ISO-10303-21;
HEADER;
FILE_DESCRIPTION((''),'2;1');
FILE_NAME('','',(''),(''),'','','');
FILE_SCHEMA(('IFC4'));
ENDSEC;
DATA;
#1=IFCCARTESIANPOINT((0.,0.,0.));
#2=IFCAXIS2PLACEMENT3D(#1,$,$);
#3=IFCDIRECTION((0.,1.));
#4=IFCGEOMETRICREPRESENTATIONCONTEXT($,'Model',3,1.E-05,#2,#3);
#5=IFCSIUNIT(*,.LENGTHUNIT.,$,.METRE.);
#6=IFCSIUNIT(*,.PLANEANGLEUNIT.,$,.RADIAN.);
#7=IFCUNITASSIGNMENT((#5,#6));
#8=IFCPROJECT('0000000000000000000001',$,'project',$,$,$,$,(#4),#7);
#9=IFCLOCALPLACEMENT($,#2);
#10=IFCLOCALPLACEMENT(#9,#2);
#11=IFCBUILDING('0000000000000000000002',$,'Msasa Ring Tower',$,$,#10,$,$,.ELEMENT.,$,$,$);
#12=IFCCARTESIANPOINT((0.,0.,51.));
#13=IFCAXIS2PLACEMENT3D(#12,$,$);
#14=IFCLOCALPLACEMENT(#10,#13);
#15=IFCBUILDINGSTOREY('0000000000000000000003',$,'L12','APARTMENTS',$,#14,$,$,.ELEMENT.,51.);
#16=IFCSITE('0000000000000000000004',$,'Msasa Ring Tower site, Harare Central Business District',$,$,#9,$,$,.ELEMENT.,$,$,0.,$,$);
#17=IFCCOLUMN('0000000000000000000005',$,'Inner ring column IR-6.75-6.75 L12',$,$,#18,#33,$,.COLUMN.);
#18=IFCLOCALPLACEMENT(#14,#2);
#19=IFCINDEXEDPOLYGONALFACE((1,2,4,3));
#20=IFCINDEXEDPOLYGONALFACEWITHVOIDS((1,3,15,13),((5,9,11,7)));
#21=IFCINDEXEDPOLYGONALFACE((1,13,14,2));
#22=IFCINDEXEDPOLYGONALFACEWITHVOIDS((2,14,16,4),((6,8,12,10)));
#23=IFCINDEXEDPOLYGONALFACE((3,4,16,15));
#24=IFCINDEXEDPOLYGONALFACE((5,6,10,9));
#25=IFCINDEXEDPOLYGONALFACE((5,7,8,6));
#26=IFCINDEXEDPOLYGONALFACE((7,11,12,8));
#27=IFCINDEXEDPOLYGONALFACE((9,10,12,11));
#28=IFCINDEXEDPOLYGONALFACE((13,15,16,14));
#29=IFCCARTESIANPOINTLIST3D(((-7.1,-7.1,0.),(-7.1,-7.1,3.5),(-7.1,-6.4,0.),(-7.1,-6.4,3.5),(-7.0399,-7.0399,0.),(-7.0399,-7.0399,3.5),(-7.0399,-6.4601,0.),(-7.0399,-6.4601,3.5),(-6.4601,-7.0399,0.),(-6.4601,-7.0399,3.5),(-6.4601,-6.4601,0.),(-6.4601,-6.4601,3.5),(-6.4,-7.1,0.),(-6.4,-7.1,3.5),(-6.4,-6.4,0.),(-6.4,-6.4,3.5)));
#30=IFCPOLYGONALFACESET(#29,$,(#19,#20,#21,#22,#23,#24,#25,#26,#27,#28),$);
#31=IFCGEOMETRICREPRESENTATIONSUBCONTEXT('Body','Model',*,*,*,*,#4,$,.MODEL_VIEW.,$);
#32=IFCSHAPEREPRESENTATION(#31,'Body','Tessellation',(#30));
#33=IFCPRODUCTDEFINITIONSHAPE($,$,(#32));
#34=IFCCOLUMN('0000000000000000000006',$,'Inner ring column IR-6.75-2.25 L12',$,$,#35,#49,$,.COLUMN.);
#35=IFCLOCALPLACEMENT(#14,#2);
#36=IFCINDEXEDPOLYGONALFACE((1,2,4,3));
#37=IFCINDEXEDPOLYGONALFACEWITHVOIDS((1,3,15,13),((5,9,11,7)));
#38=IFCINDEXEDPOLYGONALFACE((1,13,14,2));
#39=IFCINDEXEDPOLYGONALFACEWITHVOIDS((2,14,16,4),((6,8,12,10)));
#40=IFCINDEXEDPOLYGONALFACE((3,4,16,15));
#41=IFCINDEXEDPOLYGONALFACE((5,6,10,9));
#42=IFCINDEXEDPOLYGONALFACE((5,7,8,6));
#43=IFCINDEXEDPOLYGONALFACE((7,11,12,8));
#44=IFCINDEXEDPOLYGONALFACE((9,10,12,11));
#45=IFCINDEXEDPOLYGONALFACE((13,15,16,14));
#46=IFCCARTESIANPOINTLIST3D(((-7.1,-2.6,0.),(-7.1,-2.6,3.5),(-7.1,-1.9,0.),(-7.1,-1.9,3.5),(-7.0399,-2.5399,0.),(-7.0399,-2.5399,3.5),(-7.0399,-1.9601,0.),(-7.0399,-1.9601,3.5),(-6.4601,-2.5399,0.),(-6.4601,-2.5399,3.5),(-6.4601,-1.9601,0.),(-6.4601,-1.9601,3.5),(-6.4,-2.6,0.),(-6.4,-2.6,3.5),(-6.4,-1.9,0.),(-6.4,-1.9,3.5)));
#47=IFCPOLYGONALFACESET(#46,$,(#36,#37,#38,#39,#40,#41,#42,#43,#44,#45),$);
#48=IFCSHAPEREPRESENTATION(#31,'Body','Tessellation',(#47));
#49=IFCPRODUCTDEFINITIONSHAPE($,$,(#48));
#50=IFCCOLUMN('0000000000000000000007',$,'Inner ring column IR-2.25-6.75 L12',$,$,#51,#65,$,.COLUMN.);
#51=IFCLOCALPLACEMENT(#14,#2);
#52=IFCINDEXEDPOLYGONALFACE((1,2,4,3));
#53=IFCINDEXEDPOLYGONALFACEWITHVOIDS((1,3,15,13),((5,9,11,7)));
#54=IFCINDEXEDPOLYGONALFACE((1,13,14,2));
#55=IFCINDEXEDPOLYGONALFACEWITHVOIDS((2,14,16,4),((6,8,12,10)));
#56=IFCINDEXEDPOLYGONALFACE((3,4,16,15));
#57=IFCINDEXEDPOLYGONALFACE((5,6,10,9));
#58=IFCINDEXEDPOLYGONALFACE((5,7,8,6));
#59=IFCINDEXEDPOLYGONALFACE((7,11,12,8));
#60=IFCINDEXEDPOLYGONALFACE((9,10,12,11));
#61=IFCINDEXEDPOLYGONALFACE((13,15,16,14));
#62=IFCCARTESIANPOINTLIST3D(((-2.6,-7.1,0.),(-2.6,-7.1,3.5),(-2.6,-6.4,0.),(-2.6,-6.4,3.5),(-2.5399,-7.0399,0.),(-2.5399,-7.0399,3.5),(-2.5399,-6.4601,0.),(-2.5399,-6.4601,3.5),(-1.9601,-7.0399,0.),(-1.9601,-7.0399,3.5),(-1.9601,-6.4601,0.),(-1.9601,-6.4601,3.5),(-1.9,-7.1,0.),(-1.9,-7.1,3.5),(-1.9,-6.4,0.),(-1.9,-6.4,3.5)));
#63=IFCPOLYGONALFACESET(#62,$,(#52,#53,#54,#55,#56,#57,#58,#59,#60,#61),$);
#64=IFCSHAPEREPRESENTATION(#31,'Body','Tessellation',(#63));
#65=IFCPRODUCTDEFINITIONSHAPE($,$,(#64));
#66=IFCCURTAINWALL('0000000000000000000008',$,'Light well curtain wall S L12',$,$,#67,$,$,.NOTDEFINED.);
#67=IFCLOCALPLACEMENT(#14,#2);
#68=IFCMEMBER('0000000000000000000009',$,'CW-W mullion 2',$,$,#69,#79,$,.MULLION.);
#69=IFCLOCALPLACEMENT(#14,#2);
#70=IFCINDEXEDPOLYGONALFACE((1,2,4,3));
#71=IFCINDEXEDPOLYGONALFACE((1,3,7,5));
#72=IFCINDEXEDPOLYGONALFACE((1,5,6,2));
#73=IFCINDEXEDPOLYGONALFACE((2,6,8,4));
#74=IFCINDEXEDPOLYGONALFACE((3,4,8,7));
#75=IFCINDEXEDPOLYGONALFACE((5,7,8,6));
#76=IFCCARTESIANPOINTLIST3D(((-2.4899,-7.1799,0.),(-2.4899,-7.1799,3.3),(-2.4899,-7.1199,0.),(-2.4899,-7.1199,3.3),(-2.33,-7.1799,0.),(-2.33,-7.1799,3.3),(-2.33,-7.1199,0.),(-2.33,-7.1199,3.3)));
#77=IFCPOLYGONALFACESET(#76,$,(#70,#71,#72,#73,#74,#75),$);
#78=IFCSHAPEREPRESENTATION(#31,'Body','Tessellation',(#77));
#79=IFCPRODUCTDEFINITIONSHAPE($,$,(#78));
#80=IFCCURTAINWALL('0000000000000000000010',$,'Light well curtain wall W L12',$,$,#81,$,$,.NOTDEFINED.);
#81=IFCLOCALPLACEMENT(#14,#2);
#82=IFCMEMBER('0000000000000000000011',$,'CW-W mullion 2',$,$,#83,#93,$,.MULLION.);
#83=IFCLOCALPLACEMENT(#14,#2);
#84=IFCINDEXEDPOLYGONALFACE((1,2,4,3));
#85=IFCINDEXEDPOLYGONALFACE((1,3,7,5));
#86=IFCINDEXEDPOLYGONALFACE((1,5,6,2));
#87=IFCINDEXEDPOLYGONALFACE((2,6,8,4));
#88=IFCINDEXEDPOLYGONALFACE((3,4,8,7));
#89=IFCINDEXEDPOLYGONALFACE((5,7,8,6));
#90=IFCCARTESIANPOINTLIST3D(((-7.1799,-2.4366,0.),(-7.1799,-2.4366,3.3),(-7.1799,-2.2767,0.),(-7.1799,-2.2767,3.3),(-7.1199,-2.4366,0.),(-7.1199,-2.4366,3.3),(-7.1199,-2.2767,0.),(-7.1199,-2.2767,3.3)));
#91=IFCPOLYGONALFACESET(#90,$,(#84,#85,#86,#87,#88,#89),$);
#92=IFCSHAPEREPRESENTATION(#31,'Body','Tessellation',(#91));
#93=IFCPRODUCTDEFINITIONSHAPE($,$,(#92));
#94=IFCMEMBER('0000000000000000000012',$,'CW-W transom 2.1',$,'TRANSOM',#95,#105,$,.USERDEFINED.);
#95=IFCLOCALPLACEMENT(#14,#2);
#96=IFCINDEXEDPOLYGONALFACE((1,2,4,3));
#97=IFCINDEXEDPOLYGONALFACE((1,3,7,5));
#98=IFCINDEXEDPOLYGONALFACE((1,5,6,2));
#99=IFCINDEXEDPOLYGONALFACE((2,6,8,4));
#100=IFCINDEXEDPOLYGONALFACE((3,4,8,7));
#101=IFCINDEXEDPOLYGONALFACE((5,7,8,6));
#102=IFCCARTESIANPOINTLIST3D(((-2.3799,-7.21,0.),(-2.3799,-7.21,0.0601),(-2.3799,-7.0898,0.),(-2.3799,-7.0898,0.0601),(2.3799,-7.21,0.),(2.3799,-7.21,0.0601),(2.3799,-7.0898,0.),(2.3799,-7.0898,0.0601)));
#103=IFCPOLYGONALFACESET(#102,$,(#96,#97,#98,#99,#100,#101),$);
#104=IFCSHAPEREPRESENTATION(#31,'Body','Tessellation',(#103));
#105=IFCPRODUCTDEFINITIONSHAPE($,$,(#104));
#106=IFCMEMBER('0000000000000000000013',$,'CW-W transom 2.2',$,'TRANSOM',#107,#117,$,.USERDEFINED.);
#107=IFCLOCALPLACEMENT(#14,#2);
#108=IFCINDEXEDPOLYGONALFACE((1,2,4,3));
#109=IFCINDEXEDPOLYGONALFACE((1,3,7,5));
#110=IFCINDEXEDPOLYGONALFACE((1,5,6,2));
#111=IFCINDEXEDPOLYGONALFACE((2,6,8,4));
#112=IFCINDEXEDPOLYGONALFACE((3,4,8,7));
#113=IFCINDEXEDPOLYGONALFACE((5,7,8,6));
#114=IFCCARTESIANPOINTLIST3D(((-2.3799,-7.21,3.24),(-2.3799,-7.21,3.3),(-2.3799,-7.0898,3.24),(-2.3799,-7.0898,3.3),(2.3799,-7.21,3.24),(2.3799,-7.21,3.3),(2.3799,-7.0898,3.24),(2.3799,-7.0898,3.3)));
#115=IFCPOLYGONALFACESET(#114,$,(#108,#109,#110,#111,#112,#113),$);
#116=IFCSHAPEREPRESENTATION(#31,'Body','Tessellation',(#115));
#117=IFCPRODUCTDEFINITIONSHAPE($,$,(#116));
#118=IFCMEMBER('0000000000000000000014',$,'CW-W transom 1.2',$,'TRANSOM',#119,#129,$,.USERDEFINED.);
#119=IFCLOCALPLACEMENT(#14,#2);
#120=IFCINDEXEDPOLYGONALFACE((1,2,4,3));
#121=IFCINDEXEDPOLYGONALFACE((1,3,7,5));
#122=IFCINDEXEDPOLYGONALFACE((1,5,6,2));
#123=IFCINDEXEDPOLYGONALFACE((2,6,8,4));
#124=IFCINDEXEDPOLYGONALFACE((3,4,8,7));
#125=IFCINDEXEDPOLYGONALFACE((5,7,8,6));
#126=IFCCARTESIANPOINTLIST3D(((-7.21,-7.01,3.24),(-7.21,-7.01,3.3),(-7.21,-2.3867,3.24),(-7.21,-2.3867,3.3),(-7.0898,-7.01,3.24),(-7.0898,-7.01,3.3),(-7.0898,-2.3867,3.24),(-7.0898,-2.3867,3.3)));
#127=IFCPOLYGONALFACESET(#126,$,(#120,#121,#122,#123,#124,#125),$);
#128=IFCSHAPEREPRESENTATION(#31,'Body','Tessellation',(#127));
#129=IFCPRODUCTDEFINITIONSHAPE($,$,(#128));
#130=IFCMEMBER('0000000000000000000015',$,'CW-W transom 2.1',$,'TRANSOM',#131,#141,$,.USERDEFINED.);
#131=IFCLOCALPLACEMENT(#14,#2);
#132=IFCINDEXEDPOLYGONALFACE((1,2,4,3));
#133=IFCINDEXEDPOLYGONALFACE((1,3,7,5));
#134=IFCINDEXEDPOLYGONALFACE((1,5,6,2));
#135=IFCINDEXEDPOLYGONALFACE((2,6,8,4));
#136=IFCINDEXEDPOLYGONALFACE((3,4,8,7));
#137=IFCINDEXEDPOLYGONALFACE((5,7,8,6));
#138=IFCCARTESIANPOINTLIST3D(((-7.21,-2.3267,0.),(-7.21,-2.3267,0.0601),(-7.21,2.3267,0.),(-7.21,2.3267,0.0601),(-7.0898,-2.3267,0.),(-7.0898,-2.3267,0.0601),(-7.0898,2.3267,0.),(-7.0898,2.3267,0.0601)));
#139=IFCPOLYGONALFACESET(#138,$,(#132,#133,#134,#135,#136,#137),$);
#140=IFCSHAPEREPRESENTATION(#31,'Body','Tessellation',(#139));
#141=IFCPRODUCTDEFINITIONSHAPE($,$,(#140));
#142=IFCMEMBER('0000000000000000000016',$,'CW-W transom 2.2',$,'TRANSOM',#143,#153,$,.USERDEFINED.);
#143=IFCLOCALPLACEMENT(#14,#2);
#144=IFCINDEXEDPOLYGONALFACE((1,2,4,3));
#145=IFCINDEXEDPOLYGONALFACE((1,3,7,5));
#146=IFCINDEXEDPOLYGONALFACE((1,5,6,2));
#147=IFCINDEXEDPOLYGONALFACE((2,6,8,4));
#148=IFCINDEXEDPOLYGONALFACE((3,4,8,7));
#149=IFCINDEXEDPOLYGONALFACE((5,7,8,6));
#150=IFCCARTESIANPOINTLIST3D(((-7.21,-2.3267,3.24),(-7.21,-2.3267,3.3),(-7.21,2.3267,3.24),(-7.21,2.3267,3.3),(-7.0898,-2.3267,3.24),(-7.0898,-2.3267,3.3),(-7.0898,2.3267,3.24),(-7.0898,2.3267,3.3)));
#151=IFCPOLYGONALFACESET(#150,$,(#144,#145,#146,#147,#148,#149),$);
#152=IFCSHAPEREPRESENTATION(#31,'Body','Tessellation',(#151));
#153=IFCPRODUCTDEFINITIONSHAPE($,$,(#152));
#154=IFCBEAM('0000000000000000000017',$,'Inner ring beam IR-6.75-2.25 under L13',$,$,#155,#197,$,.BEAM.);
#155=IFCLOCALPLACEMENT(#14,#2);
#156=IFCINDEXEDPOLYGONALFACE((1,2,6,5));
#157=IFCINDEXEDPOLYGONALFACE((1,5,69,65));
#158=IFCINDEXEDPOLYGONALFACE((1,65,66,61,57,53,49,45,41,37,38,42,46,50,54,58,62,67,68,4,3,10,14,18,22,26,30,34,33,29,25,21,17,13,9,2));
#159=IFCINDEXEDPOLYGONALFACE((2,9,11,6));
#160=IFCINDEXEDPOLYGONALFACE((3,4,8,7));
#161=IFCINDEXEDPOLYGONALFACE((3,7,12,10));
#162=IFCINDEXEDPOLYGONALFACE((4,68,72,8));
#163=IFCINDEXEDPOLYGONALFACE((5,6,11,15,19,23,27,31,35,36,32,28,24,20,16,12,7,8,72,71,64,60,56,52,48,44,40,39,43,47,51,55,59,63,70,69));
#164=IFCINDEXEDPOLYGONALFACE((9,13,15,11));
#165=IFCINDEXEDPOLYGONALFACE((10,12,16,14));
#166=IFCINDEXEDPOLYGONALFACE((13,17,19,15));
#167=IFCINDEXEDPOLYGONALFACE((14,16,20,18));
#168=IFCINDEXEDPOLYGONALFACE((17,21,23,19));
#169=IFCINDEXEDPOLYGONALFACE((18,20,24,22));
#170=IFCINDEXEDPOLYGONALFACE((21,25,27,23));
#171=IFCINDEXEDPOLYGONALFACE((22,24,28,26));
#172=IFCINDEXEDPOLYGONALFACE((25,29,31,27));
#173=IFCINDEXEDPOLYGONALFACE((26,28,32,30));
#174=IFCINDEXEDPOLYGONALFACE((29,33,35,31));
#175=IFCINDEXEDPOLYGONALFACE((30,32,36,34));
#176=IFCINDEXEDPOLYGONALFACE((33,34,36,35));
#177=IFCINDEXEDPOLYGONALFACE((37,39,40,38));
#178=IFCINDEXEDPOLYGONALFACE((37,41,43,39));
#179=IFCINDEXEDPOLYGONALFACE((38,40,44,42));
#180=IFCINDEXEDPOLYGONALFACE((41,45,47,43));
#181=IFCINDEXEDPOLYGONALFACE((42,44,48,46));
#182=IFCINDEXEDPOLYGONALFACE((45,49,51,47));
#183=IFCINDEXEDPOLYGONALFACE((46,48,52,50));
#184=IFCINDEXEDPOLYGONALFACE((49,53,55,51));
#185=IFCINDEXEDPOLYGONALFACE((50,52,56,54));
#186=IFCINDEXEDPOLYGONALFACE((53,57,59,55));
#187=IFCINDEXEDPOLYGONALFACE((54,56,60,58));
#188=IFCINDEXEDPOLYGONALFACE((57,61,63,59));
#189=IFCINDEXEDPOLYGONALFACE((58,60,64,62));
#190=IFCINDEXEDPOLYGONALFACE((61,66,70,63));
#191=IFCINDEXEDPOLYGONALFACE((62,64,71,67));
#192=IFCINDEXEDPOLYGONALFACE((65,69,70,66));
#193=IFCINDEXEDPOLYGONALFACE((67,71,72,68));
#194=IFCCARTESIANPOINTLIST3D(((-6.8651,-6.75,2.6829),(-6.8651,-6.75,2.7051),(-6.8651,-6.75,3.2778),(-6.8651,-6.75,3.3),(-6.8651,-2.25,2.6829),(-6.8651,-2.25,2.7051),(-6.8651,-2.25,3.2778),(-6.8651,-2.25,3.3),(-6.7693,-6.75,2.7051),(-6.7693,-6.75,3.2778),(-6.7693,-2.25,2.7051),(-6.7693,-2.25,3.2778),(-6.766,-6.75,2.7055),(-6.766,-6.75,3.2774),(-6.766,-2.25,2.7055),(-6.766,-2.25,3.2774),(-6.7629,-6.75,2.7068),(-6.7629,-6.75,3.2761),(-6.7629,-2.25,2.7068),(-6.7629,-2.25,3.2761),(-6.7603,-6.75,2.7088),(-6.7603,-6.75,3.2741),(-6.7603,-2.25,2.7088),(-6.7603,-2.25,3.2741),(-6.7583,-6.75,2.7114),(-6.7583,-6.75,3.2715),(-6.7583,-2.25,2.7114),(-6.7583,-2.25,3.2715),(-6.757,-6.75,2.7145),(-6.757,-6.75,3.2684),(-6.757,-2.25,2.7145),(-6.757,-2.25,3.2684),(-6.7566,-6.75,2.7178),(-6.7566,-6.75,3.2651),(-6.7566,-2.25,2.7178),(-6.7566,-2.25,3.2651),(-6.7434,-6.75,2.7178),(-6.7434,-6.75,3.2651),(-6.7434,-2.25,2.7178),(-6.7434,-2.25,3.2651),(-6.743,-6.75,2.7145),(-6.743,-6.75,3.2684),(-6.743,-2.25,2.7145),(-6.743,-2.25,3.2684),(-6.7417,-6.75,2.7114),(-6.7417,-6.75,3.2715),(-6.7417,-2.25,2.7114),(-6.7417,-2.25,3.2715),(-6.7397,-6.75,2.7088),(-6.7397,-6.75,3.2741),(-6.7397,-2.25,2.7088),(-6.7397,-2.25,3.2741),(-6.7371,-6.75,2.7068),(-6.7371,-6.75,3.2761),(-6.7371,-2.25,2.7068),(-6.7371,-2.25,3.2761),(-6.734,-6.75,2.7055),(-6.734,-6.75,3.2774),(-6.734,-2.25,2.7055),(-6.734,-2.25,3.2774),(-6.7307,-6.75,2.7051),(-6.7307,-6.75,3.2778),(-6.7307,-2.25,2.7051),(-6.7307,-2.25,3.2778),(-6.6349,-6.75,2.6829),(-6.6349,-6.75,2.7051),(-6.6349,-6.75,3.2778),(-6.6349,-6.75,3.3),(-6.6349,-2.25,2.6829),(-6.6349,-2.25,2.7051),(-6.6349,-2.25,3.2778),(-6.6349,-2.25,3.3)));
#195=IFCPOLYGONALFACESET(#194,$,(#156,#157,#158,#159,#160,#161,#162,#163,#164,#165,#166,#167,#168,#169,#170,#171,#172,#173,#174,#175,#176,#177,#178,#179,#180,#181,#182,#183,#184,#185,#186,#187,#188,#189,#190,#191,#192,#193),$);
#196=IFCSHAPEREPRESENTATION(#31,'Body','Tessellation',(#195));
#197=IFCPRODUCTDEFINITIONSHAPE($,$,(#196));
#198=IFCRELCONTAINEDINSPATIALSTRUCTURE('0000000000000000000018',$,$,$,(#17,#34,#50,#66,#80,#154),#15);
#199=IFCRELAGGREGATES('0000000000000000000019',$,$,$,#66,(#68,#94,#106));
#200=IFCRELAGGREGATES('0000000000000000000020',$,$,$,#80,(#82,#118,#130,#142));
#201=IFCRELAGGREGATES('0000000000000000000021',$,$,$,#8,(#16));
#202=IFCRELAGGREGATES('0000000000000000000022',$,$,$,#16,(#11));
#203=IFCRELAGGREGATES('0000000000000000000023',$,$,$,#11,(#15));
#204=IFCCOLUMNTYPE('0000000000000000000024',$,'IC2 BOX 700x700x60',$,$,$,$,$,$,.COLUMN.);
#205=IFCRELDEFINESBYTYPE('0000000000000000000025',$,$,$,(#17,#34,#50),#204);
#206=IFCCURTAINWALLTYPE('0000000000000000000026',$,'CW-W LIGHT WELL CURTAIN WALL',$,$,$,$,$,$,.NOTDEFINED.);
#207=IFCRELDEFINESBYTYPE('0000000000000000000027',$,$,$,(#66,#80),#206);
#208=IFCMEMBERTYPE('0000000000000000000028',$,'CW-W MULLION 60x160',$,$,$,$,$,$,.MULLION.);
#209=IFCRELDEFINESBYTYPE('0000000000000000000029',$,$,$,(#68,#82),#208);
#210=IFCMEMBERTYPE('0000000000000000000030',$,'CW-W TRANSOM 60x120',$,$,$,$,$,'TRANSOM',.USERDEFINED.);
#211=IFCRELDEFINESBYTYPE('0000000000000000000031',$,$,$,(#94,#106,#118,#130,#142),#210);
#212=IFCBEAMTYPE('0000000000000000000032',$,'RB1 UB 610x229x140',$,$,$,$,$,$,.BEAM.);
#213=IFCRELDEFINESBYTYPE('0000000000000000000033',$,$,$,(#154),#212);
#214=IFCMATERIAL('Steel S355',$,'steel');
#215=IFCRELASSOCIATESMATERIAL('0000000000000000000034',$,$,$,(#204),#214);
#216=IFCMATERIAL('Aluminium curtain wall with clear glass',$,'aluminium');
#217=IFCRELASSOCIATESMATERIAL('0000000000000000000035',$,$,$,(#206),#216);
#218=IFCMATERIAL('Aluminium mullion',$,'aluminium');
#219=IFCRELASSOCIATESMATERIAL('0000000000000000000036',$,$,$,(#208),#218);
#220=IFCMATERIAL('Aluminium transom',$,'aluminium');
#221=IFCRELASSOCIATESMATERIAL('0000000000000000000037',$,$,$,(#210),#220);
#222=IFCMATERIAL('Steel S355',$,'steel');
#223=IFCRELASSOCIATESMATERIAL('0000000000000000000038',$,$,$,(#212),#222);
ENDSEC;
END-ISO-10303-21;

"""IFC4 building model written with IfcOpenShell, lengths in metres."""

from ifc_helpers import new_model, si_unit, direction, frame, origin, origin_2d, place, context, subcontext, project, spatial, rectangle, hollow_rectangle, i_section, extrude, material, material_profile, profile_set, type_object, element, aggregate, save


model = new_model("IFC4")

# Units and contexts
model_context = context("Model", 3, precision=1e-05, world=origin(), true_north=direction((0.0, 1.0)))
body_context = subcontext(model_context, "Body", "Model", "MODEL_VIEW")
ifc_project = project(units=[si_unit("LENGTHUNIT", "METRE"), si_unit("PLANEANGLEUNIT", "RADIAN")], contexts=[model_context])

# Site, building, storey
site_placement = place(None, origin())
site = spatial("IfcSite", under=ifc_project, at=site_placement, Name="Msasa Ring Tower site, Harare Central Business District", CompositionType="ELEMENT", RefElevation=0.0)
building_placement = place(site_placement, origin())
building = spatial("IfcBuilding", under=site, at=building_placement, Name="Msasa Ring Tower", CompositionType="ELEMENT")
storey_placement = place(building_placement, frame((0.0, 0.0, 51.0)))
storey = spatial("IfcBuildingStorey", under=building, at=storey_placement, Name="L12", Description="APARTMENTS", CompositionType="ELEMENT", Elevation=51.0)

# Columns
ifc_material_1 = material(Name="Steel S355", Category="steel")
ifc_material_profile_1 = material_profile(ifc_material_1, hollow_rectangle(XDim=0.7, YDim=0.7, WallThickness=0.0601, at=origin_2d()), Name="BOX 700x700x60")
ifc_profile_set_1 = profile_set([ifc_material_profile_1], Name="Steel S355")
column_type = type_object("IfcColumnType", Name="IC2 BOX 700x700x60", PredefinedType="COLUMN", material=ifc_profile_set_1)
for number, where, z_axis, x_axis, name in (
    (1, (-6.75, -6.75, 0.0), (0.0, 0.0, 1.0), (1.0, 0.0, 0.0), "Inner ring column IR-6.75-6.75 L12"),
    (2, (-6.75, -2.25, 0.0), (0.0, 0.0, 1.0), (1.0, 0.0, 0.0), "Inner ring column IR-6.75-2.25 L12"),
    (3, (-2.25, -6.75, 0.0), (0.0, 0.0, 1.0), (1.0, 0.0, 0.0), "Inner ring column IR-2.25-6.75 L12"),
):
    element("IfcColumn", number, at=place(storey_placement, frame(where, z_axis=z_axis, x_axis=x_axis)), inside=storey, type_object=column_type, Name=name, PredefinedType="COLUMN", context=body_context, shape_type="SweptSolid", body=[
        extrude(hollow_rectangle(XDim=0.7, YDim=0.7, WallThickness=0.0601, at=origin_2d()), origin(), (0.0, 0.0, 1.0), 3.5),
    ])

# Curtain walls, members
ifc_material_2 = material(Name="Aluminium curtain wall with clear glass", Category="aluminium")
curtain_wall_type = type_object("IfcCurtainWallType", Name="CW-W LIGHT WELL CURTAIN WALL", PredefinedType="NOTDEFINED", material=ifc_material_2)
curtain_wall_1_placement = place(storey_placement, origin())
curtain_wall_1 = element("IfcCurtainWall", 4, at=curtain_wall_1_placement, inside=storey, type_object=curtain_wall_type, Name="Light well curtain wall S L12", PredefinedType="NOTDEFINED")
ifc_material_3 = material(Name="Aluminium mullion", Category="aluminium")
ifc_material_profile_2 = material_profile(ifc_material_3, rectangle(XDim=0.0601, YDim=0.1599, at=origin_2d()), Name="AL 60x160")
ifc_profile_set_2 = profile_set([ifc_material_profile_2], Name="Aluminium mullion")
member_type_1 = type_object("IfcMemberType", Name="CW-W MULLION 60x160", PredefinedType="MULLION", material=ifc_profile_set_2)
member_1_placement = place(storey_placement, frame((-2.4099, -7.1499, 0.0), z_axis=(0.0, 0.0, 1.0), x_axis=(0.0, 1.0, 0.0)))
member_1 = element("IfcMember", 5, at=member_1_placement, type_object=member_type_1, Name="CW-W mullion 2", PredefinedType="MULLION", context=body_context, shape_type="SweptSolid", body=[
    extrude(rectangle(XDim=0.0601, YDim=0.1599, at=origin_2d()), origin(), (0.0, 0.0, 1.0), 3.3),
])
curtain_wall_2_placement = place(storey_placement, origin())
curtain_wall_2 = element("IfcCurtainWall", 6, at=curtain_wall_2_placement, inside=storey, type_object=curtain_wall_type, Name="Light well curtain wall W L12", PredefinedType="NOTDEFINED")
member_2_placement = place(storey_placement, frame((-7.1499, -2.3567, 0.0), z_axis=(0.0, 0.0, 1.0), x_axis=(-1.0, 0.0, 0.0)))
member_2 = element("IfcMember", 7, at=member_2_placement, type_object=member_type_1, Name="CW-W mullion 2", PredefinedType="MULLION", context=body_context, shape_type="SweptSolid", body=[
    extrude(rectangle(XDim=0.0601, YDim=0.1599, at=origin_2d()), origin(), (0.0, 0.0, 1.0), 3.3),
])

# Members
ifc_material_4 = material(Name="Aluminium transom", Category="aluminium")
ifc_material_profile_3 = material_profile(ifc_material_4, rectangle(XDim=0.1201, YDim=0.0601, at=origin_2d()), Name="AL 60x120")
ifc_profile_set_3 = profile_set([ifc_material_profile_3], Name="Aluminium transom")
member_type_2 = type_object("IfcMemberType", Name="CW-W TRANSOM 60x120", ElementType="TRANSOM", PredefinedType="USERDEFINED", material=ifc_profile_set_3)
member_3_placement = place(storey_placement, frame((-2.3799, -7.1499, 0.03), z_axis=(1.0, 0.0, 0.0), x_axis=(0.0, 1.0, 0.0)))
member_3 = element("IfcMember", 8, at=member_3_placement, type_object=member_type_2, Name="CW-W transom 2.1", ObjectType="TRANSOM", PredefinedType="USERDEFINED", context=body_context, shape_type="SweptSolid", body=[
    extrude(rectangle(XDim=0.1201, YDim=0.0601, at=origin_2d()), origin(), (0.0, 0.0, 1.0), 4.7598),
])
member_4_placement = place(storey_placement, frame((-2.3799, -7.1499, 3.27), z_axis=(1.0, 0.0, 0.0), x_axis=(0.0, 1.0, 0.0)))
member_4 = element("IfcMember", 9, at=member_4_placement, type_object=member_type_2, Name="CW-W transom 2.2", ObjectType="TRANSOM", PredefinedType="USERDEFINED", context=body_context, shape_type="SweptSolid", body=[
    extrude(rectangle(XDim=0.1201, YDim=0.0601, at=origin_2d()), origin(), (0.0, 0.0, 1.0), 4.7598),
])
member_5_placement = place(storey_placement, frame((-7.1499, -7.01, 3.27), z_axis=(0.0, 1.0, 0.0), x_axis=(-1.0, 0.0, 0.0)))
member_5 = element("IfcMember", 10, at=member_5_placement, type_object=member_type_2, Name="CW-W transom 1.2", ObjectType="TRANSOM", PredefinedType="USERDEFINED", context=body_context, shape_type="SweptSolid", body=[
    extrude(rectangle(XDim=0.1201, YDim=0.0601, at=origin_2d()), origin(), (0.0, 0.0, 1.0), 4.6233),
])
member_6_placement = place(storey_placement, frame((-7.1499, -2.3267, 0.03), z_axis=(0.0, 1.0, 0.0), x_axis=(-1.0, 0.0, 0.0)))
member_6 = element("IfcMember", 11, at=member_6_placement, type_object=member_type_2, Name="CW-W transom 2.1", ObjectType="TRANSOM", PredefinedType="USERDEFINED", context=body_context, shape_type="SweptSolid", body=[
    extrude(rectangle(XDim=0.1201, YDim=0.0601, at=origin_2d()), origin(), (0.0, 0.0, 1.0), 4.6533),
])
member_7_placement = place(storey_placement, frame((-7.1499, -2.3267, 3.27), z_axis=(0.0, 1.0, 0.0), x_axis=(-1.0, 0.0, 0.0)))
member_7 = element("IfcMember", 12, at=member_7_placement, type_object=member_type_2, Name="CW-W transom 2.2", ObjectType="TRANSOM", PredefinedType="USERDEFINED", context=body_context, shape_type="SweptSolid", body=[
    extrude(rectangle(XDim=0.1201, YDim=0.0601, at=origin_2d()), origin(), (0.0, 0.0, 1.0), 4.6533),
])

# Beam
ifc_material_5 = material(Name="Steel S355", Category="steel")
ifc_material_profile_4 = material_profile(ifc_material_5, i_section(OverallWidth=0.2302, OverallDepth=0.6172, WebThickness=0.0132, FlangeThickness=0.0222, FilletRadius=0.0127, at=origin_2d()), Name="UB 610x229x140")
ifc_profile_set_4 = profile_set([ifc_material_profile_4], Name="Steel S355")
beam_type = type_object("IfcBeamType", Name="RB1 UB 610x229x140", PredefinedType="BEAM", material=ifc_profile_set_4)
for number, where, z_axis, x_axis, name in (
    (13, (-6.75, -2.25, 2.9915), (0.0, -1.0, 0.0), (1.0, 0.0, 0.0), "Inner ring beam IR-6.75-2.25 under L13"),
):
    element("IfcBeam", number, at=place(storey_placement, frame(where, z_axis=z_axis, x_axis=x_axis)), inside=storey, type_object=beam_type, Name=name, PredefinedType="BEAM", context=body_context, shape_type="SweptSolid", body=[
        extrude(i_section(OverallWidth=0.2302, OverallDepth=0.6172, WebThickness=0.0132, FlangeThickness=0.0222, FilletRadius=0.0127, at=origin_2d()), origin(), (0.0, 0.0, 1.0), 4.5),
    ])

aggregate(curtain_wall_1, [member_1, member_3, member_4])
aggregate(curtain_wall_2, [member_2, member_5, member_6, member_7])

save(model, "model.ifc")
